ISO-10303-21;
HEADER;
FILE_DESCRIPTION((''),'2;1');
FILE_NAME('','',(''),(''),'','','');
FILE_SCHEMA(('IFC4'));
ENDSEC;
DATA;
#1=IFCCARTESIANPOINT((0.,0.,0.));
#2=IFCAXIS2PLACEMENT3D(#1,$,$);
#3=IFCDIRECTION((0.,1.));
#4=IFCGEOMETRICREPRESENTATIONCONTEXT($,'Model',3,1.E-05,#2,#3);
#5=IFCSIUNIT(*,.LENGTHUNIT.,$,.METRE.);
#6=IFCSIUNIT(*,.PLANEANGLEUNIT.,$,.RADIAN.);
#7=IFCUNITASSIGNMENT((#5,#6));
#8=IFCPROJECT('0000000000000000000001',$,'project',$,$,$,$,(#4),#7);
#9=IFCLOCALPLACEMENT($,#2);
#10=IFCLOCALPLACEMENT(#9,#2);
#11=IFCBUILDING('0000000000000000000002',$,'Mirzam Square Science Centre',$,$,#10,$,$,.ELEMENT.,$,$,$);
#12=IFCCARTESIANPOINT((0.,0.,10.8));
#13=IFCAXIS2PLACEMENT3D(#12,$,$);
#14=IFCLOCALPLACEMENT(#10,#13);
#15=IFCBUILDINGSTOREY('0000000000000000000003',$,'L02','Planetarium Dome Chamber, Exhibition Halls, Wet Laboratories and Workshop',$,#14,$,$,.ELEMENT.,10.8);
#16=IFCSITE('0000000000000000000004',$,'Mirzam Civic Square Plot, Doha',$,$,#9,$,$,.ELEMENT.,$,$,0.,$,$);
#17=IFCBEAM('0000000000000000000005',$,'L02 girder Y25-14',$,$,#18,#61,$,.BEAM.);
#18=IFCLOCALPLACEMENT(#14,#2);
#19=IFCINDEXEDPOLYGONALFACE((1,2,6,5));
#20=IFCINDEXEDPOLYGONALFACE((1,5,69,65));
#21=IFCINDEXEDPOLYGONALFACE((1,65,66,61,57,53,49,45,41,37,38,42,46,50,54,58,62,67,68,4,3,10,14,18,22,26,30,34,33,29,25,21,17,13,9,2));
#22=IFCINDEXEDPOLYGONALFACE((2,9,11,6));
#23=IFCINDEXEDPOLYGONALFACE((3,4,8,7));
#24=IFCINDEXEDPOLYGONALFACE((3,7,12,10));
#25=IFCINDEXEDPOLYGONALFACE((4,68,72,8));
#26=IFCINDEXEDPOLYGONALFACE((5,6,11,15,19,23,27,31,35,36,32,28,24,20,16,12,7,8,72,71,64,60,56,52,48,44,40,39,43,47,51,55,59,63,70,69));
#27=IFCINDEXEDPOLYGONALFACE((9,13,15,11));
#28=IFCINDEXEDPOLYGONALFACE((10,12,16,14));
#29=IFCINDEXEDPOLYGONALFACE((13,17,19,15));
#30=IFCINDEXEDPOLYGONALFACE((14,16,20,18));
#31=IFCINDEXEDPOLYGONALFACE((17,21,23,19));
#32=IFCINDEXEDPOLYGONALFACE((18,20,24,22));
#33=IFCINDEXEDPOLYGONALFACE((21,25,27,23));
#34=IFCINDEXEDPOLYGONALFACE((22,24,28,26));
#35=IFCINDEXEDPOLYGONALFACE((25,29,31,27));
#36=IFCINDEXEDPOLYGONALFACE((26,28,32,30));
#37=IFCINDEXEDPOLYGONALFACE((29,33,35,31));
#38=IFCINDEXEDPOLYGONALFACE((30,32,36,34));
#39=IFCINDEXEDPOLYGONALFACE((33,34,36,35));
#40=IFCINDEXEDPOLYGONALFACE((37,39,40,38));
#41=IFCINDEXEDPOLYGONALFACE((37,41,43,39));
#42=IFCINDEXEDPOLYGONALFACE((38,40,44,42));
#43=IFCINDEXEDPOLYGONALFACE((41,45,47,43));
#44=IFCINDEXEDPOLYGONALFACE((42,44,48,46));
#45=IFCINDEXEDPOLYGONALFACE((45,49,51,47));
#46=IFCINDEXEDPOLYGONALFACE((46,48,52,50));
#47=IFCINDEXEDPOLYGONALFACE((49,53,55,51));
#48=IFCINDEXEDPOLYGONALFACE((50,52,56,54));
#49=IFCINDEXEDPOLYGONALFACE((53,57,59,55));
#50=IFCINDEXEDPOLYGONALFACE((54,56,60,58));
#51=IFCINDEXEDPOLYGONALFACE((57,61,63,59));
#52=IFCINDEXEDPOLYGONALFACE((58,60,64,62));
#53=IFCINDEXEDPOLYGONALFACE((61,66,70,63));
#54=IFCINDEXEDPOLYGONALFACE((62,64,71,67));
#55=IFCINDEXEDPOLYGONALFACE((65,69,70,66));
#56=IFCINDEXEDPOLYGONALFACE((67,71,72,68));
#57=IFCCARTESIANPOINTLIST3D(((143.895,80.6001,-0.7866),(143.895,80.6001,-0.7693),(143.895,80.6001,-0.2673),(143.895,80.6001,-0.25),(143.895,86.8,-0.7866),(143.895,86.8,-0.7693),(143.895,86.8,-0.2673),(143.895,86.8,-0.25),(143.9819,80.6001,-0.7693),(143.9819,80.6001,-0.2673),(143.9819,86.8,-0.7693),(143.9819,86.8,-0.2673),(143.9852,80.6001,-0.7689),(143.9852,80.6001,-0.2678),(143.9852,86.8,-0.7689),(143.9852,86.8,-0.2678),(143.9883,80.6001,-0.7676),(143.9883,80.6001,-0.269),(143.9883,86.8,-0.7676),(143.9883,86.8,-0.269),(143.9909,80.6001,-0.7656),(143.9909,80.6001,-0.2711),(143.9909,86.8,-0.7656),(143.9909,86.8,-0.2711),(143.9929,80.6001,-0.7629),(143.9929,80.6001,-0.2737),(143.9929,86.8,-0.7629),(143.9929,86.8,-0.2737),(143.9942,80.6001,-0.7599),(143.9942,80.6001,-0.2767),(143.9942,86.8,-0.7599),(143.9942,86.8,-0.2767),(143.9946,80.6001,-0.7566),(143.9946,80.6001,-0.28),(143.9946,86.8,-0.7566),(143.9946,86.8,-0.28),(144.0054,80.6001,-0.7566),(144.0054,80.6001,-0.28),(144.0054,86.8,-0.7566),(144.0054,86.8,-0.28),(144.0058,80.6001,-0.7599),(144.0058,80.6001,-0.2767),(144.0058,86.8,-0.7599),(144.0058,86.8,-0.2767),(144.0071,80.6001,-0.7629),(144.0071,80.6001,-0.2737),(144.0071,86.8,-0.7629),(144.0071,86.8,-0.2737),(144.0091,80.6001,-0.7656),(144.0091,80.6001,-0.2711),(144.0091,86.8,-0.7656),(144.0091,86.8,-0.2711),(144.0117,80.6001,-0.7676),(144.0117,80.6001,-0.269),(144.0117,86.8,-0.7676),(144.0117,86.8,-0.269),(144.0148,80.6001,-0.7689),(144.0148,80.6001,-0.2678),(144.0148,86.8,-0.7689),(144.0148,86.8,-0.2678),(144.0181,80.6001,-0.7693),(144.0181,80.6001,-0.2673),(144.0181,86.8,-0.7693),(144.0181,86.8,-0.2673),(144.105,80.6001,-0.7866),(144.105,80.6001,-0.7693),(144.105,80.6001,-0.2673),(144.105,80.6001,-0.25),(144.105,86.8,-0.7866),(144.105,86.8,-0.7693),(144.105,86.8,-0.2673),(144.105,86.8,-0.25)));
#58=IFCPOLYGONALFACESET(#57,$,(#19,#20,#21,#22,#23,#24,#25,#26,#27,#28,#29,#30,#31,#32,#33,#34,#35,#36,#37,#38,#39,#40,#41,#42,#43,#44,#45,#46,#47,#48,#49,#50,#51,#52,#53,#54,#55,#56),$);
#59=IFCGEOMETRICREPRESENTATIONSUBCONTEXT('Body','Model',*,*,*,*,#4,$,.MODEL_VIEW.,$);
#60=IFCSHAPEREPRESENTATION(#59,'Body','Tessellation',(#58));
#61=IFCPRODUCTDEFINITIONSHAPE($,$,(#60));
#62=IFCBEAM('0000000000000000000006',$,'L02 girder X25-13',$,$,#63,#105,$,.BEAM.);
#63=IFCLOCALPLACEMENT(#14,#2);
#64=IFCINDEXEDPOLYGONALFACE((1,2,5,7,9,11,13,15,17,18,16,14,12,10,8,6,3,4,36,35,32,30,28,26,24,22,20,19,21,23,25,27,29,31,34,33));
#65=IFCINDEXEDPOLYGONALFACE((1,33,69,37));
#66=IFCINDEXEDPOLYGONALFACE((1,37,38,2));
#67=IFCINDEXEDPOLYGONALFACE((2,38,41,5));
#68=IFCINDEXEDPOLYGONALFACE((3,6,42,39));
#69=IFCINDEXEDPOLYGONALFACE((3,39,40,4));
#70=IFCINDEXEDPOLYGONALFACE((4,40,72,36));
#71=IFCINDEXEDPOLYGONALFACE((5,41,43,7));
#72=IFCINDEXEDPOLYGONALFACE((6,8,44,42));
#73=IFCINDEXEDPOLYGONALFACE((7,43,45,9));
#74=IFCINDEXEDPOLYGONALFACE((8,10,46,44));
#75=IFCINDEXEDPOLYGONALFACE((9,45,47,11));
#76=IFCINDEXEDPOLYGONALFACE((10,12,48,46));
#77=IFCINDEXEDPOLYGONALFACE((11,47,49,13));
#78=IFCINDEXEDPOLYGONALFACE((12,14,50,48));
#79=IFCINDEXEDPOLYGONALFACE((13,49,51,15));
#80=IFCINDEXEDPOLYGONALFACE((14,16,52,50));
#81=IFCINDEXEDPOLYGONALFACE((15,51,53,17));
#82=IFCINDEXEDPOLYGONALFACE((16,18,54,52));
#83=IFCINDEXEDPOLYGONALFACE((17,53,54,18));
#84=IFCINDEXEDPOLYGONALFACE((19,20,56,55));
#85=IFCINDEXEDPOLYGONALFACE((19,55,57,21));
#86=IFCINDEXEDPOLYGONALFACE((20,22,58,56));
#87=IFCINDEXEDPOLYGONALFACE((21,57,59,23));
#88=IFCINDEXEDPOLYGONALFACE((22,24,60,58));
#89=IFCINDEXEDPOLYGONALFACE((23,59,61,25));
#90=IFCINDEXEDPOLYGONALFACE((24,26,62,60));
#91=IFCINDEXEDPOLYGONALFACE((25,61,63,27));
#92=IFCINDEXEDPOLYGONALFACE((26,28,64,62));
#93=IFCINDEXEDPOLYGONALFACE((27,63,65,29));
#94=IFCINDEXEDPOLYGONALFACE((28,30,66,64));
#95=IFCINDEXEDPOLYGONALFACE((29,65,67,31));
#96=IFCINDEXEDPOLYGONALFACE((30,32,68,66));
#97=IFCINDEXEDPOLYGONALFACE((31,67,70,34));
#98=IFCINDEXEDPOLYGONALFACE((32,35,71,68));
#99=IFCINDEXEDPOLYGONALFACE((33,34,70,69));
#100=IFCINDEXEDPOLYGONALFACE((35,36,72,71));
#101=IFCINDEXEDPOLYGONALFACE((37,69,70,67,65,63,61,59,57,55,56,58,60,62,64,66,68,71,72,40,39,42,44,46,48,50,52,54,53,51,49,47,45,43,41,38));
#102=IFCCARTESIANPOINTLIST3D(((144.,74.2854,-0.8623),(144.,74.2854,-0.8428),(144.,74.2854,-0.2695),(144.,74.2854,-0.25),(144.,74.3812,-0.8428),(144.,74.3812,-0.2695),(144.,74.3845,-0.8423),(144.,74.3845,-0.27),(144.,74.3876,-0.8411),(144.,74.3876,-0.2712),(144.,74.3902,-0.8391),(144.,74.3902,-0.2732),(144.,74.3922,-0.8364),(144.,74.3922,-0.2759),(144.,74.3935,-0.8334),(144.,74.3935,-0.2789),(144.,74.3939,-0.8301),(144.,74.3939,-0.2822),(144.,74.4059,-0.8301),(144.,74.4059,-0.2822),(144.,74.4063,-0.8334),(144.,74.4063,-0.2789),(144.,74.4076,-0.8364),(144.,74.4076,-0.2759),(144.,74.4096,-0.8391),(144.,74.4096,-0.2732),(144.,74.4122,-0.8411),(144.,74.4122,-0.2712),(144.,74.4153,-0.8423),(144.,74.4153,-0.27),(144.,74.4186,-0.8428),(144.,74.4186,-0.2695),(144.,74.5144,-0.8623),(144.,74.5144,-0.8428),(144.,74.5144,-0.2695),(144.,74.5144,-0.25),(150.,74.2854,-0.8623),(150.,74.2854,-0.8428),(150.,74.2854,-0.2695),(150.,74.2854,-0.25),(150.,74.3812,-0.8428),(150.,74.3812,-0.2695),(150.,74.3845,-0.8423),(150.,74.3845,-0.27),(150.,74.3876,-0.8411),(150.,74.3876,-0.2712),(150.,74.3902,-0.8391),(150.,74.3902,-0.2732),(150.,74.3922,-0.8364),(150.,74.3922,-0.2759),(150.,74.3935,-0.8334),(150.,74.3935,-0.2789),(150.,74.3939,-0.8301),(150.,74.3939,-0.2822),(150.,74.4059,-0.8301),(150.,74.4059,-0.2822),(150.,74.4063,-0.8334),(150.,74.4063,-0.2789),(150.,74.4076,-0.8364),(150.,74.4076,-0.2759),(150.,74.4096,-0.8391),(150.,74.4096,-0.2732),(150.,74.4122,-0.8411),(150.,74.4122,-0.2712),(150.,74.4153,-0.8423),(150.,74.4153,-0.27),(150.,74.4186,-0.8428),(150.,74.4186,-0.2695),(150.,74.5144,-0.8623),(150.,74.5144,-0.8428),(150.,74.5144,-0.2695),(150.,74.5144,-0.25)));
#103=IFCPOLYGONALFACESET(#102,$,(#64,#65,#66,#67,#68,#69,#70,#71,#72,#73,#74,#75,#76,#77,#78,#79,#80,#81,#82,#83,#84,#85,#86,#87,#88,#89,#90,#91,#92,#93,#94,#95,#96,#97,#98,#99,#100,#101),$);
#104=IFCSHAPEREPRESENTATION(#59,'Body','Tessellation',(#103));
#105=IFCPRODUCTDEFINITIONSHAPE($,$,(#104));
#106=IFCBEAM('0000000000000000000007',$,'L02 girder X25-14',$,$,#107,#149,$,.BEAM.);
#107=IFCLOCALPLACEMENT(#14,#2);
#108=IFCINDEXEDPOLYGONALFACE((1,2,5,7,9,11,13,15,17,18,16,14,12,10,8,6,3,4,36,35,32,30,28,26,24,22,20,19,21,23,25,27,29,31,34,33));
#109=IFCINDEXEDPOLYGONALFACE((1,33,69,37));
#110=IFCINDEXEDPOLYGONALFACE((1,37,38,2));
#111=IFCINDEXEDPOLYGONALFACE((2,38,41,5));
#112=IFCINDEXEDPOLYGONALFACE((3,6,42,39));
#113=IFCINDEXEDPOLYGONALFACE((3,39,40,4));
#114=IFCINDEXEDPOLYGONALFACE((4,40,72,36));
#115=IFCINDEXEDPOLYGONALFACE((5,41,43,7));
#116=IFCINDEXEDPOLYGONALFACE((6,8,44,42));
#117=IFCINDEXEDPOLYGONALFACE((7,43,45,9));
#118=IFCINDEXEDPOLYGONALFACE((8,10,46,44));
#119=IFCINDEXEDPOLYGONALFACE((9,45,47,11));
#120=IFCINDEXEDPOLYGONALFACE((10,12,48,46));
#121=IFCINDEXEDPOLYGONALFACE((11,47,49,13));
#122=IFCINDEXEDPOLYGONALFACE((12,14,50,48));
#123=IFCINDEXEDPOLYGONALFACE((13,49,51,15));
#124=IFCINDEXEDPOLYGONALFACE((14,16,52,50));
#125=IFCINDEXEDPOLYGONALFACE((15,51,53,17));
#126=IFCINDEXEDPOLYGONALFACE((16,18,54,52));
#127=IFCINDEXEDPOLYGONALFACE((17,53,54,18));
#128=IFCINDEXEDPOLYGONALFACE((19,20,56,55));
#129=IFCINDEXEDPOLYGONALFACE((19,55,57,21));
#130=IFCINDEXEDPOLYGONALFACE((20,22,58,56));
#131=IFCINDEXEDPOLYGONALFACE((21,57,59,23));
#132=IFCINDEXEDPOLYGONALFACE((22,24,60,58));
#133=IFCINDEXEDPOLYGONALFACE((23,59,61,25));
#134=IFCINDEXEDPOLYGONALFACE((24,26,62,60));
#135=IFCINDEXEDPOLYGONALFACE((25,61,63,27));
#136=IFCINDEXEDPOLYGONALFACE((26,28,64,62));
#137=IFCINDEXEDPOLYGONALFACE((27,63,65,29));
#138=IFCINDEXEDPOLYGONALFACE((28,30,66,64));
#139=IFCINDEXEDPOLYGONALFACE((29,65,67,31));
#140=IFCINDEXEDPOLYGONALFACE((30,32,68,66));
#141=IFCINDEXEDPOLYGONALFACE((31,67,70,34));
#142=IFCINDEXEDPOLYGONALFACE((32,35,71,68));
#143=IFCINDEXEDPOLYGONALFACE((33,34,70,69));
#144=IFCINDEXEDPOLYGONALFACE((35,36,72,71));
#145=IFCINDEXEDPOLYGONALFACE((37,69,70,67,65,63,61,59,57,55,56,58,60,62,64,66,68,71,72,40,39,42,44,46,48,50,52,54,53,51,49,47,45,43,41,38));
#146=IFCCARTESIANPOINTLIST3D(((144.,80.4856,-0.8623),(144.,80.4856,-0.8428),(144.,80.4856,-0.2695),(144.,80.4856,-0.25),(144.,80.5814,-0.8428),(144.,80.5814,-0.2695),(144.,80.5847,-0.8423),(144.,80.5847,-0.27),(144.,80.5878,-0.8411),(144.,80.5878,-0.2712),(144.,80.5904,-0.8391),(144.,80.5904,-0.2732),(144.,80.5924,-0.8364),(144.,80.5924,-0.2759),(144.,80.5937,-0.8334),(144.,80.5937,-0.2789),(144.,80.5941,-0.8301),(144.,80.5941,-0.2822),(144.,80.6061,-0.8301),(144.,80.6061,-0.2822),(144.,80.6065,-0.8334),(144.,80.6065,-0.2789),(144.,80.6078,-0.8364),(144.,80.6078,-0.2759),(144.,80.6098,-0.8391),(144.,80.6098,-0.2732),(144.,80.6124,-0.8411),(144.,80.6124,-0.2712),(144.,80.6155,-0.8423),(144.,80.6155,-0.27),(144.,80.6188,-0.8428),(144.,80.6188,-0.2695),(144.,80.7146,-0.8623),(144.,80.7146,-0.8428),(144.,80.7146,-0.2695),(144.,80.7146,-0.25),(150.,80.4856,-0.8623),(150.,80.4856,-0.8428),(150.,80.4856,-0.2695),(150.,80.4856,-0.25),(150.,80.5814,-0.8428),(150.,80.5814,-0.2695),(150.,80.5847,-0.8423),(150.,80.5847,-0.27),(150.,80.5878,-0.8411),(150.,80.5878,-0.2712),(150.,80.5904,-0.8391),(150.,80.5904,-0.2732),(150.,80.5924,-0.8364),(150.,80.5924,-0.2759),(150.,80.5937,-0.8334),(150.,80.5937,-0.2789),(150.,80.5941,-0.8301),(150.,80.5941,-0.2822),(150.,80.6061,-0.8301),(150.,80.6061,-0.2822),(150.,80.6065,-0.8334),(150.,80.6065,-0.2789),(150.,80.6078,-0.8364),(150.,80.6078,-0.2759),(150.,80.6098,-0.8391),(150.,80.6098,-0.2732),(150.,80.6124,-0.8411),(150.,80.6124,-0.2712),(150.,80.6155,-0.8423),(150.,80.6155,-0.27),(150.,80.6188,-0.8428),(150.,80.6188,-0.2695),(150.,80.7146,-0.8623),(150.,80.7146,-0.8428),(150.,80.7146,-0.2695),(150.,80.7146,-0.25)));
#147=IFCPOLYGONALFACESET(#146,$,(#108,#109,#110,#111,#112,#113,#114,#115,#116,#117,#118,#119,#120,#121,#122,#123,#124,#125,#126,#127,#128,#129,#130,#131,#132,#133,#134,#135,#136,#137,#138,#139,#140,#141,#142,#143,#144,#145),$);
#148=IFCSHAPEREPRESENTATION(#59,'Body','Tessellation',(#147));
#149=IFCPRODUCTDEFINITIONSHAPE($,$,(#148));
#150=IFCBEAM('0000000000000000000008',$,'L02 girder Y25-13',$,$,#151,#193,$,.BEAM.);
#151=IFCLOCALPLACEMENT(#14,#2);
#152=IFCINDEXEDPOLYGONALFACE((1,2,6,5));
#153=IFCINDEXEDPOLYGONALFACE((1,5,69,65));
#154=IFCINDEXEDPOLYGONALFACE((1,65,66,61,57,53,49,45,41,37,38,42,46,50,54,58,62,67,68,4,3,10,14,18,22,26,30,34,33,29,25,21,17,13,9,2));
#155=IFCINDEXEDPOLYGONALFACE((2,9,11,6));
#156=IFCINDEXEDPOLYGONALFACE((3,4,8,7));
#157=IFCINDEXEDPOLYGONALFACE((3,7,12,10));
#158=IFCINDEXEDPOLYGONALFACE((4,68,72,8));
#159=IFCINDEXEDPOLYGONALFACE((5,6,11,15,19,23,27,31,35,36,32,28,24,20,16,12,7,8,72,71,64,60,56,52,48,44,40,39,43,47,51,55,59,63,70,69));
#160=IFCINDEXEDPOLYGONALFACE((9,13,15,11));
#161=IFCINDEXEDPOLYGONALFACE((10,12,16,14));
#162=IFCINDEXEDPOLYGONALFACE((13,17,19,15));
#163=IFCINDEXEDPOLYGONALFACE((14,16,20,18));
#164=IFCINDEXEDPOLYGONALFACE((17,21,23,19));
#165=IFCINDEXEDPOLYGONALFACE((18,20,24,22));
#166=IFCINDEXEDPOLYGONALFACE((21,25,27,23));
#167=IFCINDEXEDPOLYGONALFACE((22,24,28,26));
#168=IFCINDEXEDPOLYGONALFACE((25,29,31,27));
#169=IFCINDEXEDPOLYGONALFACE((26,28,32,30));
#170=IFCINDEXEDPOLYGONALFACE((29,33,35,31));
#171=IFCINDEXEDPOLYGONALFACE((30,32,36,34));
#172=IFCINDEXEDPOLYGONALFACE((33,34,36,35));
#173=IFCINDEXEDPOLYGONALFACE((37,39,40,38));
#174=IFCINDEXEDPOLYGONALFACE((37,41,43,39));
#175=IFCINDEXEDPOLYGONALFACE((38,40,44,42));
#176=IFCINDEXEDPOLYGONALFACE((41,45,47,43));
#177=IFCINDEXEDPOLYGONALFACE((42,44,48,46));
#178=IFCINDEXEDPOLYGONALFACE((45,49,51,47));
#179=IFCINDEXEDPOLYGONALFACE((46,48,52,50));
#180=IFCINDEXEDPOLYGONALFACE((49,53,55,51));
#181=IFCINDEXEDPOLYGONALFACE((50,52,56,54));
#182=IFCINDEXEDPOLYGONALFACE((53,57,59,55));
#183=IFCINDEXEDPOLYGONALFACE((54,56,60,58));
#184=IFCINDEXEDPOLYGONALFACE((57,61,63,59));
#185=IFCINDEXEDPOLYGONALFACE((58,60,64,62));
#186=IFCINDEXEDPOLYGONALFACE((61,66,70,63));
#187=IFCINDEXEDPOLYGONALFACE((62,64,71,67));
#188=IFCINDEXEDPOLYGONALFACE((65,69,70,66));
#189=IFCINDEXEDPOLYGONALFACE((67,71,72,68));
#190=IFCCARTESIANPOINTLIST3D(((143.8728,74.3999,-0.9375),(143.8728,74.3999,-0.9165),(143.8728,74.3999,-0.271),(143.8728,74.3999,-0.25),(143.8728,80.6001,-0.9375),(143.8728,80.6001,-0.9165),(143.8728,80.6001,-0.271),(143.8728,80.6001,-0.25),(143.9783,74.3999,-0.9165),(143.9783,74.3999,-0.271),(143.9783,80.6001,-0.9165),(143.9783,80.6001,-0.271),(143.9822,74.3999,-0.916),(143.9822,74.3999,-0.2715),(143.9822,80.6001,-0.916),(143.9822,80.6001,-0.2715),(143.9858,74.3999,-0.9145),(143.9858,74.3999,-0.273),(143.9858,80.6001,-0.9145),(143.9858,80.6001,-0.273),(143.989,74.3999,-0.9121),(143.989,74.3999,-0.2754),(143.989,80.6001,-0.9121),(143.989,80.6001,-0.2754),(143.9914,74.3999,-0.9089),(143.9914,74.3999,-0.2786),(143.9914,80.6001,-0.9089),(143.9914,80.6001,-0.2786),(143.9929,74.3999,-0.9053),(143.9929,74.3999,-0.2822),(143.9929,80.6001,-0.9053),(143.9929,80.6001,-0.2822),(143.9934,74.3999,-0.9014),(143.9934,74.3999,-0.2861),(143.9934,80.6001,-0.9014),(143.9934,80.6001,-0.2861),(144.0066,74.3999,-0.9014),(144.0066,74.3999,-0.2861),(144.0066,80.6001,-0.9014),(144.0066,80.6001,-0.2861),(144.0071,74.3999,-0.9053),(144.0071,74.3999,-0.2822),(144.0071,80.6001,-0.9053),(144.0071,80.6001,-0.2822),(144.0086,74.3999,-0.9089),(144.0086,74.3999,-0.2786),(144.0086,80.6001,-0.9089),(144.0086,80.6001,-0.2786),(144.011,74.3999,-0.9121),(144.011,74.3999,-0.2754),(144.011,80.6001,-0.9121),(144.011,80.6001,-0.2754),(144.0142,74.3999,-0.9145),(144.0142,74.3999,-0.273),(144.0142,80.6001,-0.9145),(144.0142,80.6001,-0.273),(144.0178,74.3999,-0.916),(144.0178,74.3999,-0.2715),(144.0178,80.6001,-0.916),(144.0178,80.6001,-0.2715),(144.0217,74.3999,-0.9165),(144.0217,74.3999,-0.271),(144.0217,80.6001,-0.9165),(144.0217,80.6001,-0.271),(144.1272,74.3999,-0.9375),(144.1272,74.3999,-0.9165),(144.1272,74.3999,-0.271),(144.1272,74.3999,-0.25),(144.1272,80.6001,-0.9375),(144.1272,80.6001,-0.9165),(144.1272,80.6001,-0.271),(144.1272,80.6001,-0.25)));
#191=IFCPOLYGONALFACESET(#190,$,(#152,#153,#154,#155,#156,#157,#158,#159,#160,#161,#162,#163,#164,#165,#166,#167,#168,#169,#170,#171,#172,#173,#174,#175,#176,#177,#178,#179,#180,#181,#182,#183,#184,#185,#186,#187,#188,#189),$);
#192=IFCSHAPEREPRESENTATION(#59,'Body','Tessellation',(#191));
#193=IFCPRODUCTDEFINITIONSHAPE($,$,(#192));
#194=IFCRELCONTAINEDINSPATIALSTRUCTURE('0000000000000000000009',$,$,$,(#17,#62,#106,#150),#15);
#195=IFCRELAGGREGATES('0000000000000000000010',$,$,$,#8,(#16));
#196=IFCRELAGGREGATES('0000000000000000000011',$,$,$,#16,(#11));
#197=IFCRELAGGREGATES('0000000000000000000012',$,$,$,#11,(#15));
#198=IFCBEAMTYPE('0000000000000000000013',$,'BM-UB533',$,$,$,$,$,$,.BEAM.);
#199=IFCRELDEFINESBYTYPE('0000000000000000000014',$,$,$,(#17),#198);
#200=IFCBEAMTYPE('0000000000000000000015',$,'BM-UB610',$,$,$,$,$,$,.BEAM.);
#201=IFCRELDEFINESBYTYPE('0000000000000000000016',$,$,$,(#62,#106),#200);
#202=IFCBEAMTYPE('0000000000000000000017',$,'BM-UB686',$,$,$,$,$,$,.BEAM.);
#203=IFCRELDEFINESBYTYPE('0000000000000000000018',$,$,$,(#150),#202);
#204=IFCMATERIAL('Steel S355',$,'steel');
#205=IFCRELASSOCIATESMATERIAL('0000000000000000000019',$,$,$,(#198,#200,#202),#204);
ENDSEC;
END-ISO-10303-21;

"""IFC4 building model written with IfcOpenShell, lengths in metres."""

from ifc_helpers import new_model, si_unit, direction, frame, origin, origin_2d, place, context, subcontext, project, spatial, i_section, extrude, material, material_profile, profile_set, type_object, element, save


model = new_model("IFC4")

# Units and contexts
model_context = context("Model", 3, precision=1e-05, world=origin(), true_north=direction((0.0, 1.0)))
body_context = subcontext(model_context, "Body", "Model", "MODEL_VIEW")
ifc_project = project(units=[si_unit("LENGTHUNIT", "METRE"), si_unit("PLANEANGLEUNIT", "RADIAN")], contexts=[model_context])

# Site, building, storey
site_placement = place(None, origin())
site = spatial("IfcSite", under=ifc_project, at=site_placement, Name="Mirzam Civic Square Plot, Doha", CompositionType="ELEMENT", RefElevation=0.0)
building_placement = place(site_placement, origin())
building = spatial("IfcBuilding", under=site, at=building_placement, Name="Mirzam Square Science Centre", CompositionType="ELEMENT")
storey_placement = place(building_placement, frame((0.0, 0.0, 10.8)))
storey = spatial("IfcBuildingStorey", under=building, at=storey_placement, Name="L02", Description="Planetarium Dome Chamber, Exhibition Halls, Wet Laboratories and Workshop", CompositionType="ELEMENT", Elevation=10.8)

# Shared definitions
ifc_material_1 = material(Name="Steel S355", Category="steel")

# Beams
ifc_material_profile_1 = material_profile(ifc_material_1, i_section(OverallWidth=0.21, OverallDepth=0.5366, WebThickness=0.0107, FlangeThickness=0.0173, FilletRadius=0.0127, at=origin_2d()), Name="533x210x101UB")
ifc_profile_set_1 = profile_set([ifc_material_profile_1], Name="Steel S355")
beam_type_1 = type_object("IfcBeamType", Name="BM-UB533", PredefinedType="BEAM", material=ifc_profile_set_1)
beam_1_placement = place(storey_placement, frame((144.0, 80.6001, -0.5183), z_axis=(0.0, 1.0, 0.0), x_axis=(-1.0, 0.0, 0.0)))
element("IfcBeam", 1, at=beam_1_placement, inside=storey, type_object=beam_type_1, Name="L02 girder Y25-14", PredefinedType="BEAM", context=body_context, shape_type="SweptSolid", body=[
    extrude(i_section(OverallWidth=0.21, OverallDepth=0.5366, WebThickness=0.0107, FlangeThickness=0.0173, FilletRadius=0.0127, at=origin_2d()), origin(), (0.0, 0.0, 1.0), 6.2),
])
ifc_material_profile_2 = material_profile(ifc_material_1, i_section(OverallWidth=0.229, OverallDepth=0.6123, WebThickness=0.012, FlangeThickness=0.0195, FilletRadius=0.0127, at=origin_2d()), Name="610x229x125UB")
ifc_profile_set_2 = profile_set([ifc_material_profile_2], Name="Steel S355")
beam_type_2 = type_object("IfcBeamType", Name="BM-UB610", PredefinedType="BEAM", material=ifc_profile_set_2)
for number, where, z_axis, x_axis, name in (
    (2, (144.0, 74.3999, -0.5562), (1.0, 0.0, 0.0), (0.0, 1.0, 0.0), "L02 girder X25-13"),
    (3, (144.0, 80.6001, -0.5562), (1.0, 0.0, 0.0), (0.0, 1.0, 0.0), "L02 girder X25-14"),
):
    element("IfcBeam", number, at=place(storey_placement, frame(where, z_axis=z_axis, x_axis=x_axis)), inside=storey, type_object=beam_type_2, Name=name, PredefinedType="BEAM", context=body_context, shape_type="SweptSolid", body=[
        extrude(i_section(OverallWidth=0.229, OverallDepth=0.6123, WebThickness=0.012, FlangeThickness=0.0195, FilletRadius=0.0127, at=origin_2d()), origin(), (0.0, 0.0, 1.0), 6.0),
    ])
ifc_material_profile_3 = material_profile(ifc_material_1, i_section(OverallWidth=0.2544, OverallDepth=0.6875, WebThickness=0.0132, FlangeThickness=0.021, FilletRadius=0.0151, at=origin_2d()), Name="686x254x152UB")
ifc_profile_set_3 = profile_set([ifc_material_profile_3], Name="Steel S355")
beam_type_3 = type_object("IfcBeamType", Name="BM-UB686", PredefinedType="BEAM", material=ifc_profile_set_3)
beam_2_placement = place(storey_placement, frame((144.0, 74.3999, -0.5938), z_axis=(0.0, 1.0, 0.0), x_axis=(-1.0, 0.0, 0.0)))
element("IfcBeam", 4, at=beam_2_placement, inside=storey, type_object=beam_type_3, Name="L02 girder Y25-13", PredefinedType="BEAM", context=body_context, shape_type="SweptSolid", body=[
    extrude(i_section(OverallWidth=0.2544, OverallDepth=0.6875, WebThickness=0.0132, FlangeThickness=0.021, FilletRadius=0.0151, at=origin_2d()), origin(), (0.0, 0.0, 1.0), 6.2002),
])

save(model, "model.ifc")
